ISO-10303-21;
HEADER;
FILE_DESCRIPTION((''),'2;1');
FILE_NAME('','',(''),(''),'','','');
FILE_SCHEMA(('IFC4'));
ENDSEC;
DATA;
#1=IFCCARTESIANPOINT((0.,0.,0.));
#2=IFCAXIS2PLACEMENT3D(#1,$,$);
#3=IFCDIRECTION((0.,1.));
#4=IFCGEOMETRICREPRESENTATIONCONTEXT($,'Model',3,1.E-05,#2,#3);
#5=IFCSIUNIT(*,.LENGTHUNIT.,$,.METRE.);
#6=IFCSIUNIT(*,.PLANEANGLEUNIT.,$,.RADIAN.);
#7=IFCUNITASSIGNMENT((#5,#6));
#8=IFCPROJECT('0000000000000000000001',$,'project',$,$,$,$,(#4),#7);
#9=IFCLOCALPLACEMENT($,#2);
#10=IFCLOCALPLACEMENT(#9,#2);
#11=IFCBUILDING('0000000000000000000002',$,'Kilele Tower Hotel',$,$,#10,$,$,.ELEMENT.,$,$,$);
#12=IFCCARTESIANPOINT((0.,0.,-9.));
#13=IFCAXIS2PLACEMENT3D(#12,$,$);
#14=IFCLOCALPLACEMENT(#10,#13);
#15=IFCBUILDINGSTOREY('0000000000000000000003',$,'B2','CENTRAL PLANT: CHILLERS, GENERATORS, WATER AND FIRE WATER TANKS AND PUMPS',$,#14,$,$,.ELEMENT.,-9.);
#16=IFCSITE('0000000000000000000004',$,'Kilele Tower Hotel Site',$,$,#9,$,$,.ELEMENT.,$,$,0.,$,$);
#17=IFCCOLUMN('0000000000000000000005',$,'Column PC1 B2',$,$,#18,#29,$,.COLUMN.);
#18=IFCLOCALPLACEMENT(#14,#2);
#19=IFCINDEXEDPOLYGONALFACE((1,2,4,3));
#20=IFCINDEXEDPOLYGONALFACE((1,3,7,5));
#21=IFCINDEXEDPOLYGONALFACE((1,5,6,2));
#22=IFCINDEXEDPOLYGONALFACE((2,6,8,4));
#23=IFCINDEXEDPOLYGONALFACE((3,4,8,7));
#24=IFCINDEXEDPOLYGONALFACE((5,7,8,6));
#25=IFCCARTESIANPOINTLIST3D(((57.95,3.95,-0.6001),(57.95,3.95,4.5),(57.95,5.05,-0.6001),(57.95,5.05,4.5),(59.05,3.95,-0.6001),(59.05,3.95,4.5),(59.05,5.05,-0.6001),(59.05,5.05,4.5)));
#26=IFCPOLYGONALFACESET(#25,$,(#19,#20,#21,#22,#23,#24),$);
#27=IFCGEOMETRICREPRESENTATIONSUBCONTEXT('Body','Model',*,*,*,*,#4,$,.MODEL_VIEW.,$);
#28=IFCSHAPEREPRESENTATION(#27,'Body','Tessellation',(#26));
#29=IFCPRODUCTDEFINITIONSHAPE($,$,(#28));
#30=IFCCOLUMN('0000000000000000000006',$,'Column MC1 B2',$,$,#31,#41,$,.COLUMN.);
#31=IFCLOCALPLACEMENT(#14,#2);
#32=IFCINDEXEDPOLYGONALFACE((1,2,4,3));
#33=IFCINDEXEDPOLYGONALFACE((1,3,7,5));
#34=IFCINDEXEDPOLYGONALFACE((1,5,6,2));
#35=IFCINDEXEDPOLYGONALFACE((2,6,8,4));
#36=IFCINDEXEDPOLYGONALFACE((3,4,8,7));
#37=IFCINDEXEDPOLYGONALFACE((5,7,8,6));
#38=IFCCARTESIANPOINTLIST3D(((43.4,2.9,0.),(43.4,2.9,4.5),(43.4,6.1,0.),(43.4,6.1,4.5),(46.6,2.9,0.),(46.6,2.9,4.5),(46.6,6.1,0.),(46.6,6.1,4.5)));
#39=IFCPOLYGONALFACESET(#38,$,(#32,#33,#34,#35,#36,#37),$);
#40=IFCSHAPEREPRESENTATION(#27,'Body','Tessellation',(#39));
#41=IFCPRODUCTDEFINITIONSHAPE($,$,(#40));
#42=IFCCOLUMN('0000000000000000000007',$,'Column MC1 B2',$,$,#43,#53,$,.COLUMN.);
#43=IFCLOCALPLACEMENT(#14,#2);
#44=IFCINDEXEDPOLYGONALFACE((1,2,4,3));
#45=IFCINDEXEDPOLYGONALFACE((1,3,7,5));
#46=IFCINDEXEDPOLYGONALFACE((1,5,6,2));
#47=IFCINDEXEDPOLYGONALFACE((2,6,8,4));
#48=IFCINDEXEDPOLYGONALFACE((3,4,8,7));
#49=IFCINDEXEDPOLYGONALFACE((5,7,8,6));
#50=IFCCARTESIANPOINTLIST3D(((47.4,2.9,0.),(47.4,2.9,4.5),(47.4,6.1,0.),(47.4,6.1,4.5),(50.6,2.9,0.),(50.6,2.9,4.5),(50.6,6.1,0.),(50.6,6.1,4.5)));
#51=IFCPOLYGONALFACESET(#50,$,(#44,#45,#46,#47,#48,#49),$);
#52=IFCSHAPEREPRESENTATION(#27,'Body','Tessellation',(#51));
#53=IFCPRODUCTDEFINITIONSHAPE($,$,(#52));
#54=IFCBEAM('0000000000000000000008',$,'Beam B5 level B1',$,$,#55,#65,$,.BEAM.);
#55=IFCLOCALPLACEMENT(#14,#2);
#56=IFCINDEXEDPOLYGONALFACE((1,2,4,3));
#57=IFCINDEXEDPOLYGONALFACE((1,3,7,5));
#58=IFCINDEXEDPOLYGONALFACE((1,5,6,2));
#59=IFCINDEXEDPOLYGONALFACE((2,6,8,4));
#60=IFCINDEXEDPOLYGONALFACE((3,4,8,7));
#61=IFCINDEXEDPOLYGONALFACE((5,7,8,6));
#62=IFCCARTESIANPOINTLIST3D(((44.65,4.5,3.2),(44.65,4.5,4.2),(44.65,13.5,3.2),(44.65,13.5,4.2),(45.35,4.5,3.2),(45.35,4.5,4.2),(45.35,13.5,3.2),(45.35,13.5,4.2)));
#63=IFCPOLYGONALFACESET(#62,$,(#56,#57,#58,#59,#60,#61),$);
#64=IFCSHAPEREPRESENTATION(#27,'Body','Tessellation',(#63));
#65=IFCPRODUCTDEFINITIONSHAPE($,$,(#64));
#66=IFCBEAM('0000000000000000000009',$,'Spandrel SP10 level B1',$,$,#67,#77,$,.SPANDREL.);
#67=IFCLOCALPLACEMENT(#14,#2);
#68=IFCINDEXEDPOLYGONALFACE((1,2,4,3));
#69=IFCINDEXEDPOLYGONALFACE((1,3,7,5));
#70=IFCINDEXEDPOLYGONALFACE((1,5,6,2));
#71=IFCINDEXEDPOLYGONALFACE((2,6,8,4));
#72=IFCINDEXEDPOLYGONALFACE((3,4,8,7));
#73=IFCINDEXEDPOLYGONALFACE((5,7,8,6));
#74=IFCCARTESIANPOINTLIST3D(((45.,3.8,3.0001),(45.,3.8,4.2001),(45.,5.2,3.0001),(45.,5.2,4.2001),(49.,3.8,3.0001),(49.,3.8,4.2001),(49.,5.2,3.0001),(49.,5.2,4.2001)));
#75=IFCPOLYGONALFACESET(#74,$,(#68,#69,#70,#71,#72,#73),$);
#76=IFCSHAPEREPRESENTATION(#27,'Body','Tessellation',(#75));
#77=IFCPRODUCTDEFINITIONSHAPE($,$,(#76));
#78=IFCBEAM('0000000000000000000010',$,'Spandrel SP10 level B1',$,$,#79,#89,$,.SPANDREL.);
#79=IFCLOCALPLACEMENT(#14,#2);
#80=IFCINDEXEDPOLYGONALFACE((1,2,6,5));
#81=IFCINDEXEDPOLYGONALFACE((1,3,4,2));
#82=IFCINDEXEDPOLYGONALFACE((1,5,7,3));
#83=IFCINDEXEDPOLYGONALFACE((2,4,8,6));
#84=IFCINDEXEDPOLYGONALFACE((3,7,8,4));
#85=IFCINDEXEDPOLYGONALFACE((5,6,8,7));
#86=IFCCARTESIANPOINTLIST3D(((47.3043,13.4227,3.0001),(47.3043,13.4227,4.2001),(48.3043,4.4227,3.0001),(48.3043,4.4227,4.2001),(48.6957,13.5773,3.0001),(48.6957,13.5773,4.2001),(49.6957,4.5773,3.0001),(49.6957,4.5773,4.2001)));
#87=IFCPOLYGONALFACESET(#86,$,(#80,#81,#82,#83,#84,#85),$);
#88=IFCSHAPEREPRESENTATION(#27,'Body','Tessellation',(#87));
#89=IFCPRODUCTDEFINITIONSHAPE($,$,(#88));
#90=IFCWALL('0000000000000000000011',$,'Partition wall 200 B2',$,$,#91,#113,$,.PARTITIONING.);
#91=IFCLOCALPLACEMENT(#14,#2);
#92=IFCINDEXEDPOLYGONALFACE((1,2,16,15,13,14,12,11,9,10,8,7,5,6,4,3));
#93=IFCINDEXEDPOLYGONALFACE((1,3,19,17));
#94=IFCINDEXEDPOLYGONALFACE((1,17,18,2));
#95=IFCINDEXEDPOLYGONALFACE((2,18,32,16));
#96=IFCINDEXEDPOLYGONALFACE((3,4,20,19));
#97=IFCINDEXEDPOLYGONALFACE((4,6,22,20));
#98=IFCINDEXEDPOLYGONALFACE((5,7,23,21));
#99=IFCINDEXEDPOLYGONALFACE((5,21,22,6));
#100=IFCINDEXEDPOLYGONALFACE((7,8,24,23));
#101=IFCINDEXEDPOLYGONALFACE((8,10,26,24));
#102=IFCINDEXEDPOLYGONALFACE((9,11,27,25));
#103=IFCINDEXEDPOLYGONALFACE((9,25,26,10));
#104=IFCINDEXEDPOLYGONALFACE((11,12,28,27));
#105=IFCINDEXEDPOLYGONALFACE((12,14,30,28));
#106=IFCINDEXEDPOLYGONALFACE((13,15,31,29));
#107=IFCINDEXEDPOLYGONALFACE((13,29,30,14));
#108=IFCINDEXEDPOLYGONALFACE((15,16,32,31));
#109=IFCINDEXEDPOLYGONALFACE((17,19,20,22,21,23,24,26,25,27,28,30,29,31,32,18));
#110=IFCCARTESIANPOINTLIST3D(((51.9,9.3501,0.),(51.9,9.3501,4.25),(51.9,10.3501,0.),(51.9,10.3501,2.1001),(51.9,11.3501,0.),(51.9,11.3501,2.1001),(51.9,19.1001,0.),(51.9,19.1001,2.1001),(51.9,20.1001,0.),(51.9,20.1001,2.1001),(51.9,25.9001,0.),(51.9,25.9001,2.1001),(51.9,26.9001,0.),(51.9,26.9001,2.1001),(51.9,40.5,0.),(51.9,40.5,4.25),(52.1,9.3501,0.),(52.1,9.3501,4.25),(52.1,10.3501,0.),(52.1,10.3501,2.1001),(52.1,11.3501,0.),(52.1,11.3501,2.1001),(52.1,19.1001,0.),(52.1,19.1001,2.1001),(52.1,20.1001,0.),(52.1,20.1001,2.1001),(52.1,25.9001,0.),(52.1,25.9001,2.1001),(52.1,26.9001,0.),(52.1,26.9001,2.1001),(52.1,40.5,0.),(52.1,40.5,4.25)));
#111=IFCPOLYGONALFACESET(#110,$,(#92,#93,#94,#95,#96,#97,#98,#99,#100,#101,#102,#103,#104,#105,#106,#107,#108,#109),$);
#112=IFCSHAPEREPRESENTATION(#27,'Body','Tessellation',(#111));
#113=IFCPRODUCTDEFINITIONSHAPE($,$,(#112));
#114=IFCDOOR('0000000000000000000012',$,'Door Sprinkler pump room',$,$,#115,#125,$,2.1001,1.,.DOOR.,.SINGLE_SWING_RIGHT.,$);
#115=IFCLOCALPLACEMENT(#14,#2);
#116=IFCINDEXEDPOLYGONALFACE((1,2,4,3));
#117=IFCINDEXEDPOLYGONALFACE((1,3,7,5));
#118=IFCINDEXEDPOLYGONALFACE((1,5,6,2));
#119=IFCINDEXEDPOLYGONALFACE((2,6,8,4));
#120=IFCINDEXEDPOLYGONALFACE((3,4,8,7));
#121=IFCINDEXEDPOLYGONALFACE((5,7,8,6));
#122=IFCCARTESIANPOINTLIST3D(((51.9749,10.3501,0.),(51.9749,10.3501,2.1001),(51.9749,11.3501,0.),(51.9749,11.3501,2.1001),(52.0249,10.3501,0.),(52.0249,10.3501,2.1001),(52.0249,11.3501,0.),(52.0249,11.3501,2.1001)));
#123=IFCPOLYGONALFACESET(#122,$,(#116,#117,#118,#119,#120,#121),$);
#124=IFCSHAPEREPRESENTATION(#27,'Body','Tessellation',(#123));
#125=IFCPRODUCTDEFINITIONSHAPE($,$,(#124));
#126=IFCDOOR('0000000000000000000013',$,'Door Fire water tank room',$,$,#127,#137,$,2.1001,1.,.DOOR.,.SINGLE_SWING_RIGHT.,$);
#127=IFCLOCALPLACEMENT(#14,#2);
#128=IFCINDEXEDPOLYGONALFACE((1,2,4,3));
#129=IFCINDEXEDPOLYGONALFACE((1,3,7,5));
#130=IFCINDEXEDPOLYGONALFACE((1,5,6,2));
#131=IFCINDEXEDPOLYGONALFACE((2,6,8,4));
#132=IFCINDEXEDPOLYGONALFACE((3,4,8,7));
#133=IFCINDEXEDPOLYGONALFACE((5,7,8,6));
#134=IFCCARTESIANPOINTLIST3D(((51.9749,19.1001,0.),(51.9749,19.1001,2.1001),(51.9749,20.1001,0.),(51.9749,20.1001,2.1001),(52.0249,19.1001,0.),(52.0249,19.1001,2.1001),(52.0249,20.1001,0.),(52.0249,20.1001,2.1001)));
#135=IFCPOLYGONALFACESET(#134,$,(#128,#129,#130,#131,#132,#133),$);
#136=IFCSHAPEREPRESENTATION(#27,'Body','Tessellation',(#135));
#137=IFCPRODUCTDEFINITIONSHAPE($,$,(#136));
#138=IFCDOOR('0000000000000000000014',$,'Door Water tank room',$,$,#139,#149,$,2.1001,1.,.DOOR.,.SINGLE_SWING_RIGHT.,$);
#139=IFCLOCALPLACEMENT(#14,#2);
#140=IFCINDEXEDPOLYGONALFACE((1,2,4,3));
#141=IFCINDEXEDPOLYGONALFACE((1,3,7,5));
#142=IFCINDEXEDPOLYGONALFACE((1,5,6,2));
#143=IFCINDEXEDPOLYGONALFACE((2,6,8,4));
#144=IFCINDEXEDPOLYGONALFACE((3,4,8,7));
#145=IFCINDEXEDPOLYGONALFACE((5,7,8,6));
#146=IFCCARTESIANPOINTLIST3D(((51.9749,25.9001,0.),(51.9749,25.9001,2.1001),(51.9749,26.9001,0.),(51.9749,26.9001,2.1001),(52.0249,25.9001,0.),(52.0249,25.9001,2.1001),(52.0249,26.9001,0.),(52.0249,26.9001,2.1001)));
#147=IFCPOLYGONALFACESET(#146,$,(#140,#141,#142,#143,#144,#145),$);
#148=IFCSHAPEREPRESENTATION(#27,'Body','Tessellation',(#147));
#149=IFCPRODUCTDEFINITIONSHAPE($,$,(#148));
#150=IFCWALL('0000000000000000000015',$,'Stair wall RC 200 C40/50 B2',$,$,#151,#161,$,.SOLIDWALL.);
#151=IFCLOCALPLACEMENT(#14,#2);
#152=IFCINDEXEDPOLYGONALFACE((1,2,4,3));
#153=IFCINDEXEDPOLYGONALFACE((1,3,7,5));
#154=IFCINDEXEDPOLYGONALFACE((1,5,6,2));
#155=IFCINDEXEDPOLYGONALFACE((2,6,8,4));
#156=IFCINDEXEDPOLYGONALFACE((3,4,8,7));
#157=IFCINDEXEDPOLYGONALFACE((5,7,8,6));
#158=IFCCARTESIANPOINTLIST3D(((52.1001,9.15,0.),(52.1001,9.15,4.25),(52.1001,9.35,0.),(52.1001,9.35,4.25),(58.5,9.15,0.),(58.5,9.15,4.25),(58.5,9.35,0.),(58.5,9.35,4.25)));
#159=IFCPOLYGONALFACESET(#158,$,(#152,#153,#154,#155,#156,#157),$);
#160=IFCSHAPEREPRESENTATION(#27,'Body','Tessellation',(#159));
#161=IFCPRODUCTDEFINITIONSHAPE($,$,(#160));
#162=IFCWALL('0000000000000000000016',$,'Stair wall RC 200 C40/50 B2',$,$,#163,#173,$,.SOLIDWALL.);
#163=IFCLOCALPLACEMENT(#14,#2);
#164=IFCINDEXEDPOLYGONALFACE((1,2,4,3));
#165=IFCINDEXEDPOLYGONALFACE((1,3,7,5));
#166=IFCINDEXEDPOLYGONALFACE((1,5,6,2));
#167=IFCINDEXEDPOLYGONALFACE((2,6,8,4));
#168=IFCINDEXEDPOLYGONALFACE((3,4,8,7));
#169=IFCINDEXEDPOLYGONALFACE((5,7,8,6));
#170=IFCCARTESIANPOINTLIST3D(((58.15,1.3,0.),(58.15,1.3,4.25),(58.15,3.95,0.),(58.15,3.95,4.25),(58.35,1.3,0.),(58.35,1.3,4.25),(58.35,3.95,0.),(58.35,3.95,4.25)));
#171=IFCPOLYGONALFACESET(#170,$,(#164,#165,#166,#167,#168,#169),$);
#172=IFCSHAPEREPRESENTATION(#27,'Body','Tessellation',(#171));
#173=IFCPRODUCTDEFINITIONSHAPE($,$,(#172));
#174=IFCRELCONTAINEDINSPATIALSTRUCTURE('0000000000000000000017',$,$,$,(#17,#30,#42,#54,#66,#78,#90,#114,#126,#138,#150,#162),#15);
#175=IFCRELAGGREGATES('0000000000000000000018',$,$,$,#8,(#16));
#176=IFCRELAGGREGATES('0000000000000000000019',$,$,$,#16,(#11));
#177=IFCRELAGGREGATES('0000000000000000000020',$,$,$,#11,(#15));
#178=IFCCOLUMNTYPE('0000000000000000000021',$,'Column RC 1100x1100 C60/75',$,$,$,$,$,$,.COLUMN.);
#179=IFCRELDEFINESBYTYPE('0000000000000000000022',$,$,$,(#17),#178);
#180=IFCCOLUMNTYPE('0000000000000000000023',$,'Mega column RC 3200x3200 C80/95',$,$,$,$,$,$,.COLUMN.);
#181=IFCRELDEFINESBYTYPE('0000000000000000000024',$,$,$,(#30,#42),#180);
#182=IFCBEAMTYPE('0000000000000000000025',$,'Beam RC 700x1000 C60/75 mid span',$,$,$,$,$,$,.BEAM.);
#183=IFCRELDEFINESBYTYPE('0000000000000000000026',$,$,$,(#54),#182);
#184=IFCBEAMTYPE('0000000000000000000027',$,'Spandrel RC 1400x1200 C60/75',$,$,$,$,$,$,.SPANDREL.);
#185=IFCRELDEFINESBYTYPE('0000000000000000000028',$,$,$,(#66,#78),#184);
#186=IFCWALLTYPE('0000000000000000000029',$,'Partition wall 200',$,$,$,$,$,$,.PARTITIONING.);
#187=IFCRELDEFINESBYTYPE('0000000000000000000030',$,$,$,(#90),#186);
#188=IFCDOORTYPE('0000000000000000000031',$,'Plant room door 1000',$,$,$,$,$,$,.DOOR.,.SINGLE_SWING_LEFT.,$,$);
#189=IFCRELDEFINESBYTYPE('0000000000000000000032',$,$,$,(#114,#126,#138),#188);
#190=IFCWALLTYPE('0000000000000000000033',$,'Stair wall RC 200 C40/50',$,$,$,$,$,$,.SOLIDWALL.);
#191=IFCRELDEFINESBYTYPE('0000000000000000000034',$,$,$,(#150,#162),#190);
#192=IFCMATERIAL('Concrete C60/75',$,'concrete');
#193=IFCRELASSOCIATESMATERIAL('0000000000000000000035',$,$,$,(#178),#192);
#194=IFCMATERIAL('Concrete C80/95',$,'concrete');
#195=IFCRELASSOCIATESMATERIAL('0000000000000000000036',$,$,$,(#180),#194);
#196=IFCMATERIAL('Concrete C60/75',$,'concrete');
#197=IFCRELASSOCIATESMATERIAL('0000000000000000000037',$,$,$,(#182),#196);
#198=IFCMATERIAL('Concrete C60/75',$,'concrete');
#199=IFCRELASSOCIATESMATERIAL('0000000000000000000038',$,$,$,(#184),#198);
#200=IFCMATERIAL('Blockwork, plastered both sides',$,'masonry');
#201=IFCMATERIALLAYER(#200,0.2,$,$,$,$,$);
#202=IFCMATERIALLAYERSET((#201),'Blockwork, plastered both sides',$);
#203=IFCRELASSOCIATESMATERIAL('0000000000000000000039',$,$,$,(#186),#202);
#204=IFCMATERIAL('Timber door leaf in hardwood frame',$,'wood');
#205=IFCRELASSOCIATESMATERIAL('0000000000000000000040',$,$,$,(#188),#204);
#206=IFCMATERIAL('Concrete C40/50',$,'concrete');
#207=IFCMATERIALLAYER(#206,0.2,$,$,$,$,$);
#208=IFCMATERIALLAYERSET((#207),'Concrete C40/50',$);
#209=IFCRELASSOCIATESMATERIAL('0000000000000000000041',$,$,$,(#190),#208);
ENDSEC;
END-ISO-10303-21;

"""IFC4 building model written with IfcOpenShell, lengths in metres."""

from ifc_helpers import new_model, si_unit, direction, frame, frame_2d, origin, origin_2d, place, context, subcontext, project, spatial, rectangle, extrude, material, layer, layer_set, material_profile, profile_set, type_object, element, fill, save


model = new_model("IFC4")

# Units and contexts
model_context = context("Model", 3, precision=1e-05, world=origin(), true_north=direction((0.0, 1.0)))
body_context = subcontext(model_context, "Body", "Model", "MODEL_VIEW")
ifc_project = project(units=[si_unit("LENGTHUNIT", "METRE"), si_unit("PLANEANGLEUNIT", "RADIAN")], contexts=[model_context])

# Site, building, storey
site_placement = place(None, origin())
site = spatial("IfcSite", under=ifc_project, at=site_placement, Name="Kilele Tower Hotel Site", CompositionType="ELEMENT", RefElevation=0.0)
building_placement = place(site_placement, origin())
building = spatial("IfcBuilding", under=site, at=building_placement, Name="Kilele Tower Hotel", CompositionType="ELEMENT")
storey_placement = place(building_placement, frame((0.0, 0.0, -9.0)))
storey = spatial("IfcBuildingStorey", under=building, at=storey_placement, Name="B2", Description="CENTRAL PLANT: CHILLERS, GENERATORS, WATER AND FIRE WATER TANKS AND PUMPS", CompositionType="ELEMENT", Elevation=-9.0)

# Columns
ifc_material_1 = material(Name="Concrete C60/75", Category="concrete")
ifc_material_profile_1 = material_profile(ifc_material_1, rectangle(XDim=1.1001, YDim=1.1001, at=origin_2d()))
ifc_profile_set_1 = profile_set([ifc_material_profile_1], Name="Concrete C60/75")
column_type_1 = type_object("IfcColumnType", Name="Column RC 1100x1100 C60/75", PredefinedType="COLUMN", material=ifc_profile_set_1)
column_placement = place(storey_placement, frame((58.5, 4.5, -0.6001), z_axis=(0.0, 0.0, 1.0), x_axis=(1.0, 0.0, 0.0)))
element("IfcColumn", 1, at=column_placement, inside=storey, type_object=column_type_1, Name="Column PC1 B2", PredefinedType="COLUMN", context=body_context, shape_type="SweptSolid", body=[
    extrude(rectangle(XDim=1.1001, YDim=1.1001, at=origin_2d()), origin(), (0.0, 0.0, 1.0), 5.1001),
])
ifc_material_2 = material(Name="Concrete C80/95", Category="concrete")
ifc_material_profile_2 = material_profile(ifc_material_2, rectangle(XDim=3.2, YDim=3.2, at=origin_2d()))
ifc_profile_set_2 = profile_set([ifc_material_profile_2], Name="Concrete C80/95")
column_type_2 = type_object("IfcColumnType", Name="Mega column RC 3200x3200 C80/95", PredefinedType="COLUMN", material=ifc_profile_set_2)
for number, where, z_axis, x_axis, name in (
    (2, (45.0, 4.5, 0.0), (0.0, 0.0, 1.0), (1.0, 0.0, 0.0), "Column MC1 B2"),
    (3, (49.0, 4.5, 0.0), (0.0, 0.0, 1.0), (1.0, 0.0, 0.0), "Column MC1 B2"),
):
    element("IfcColumn", number, at=place(storey_placement, frame(where, z_axis=z_axis, x_axis=x_axis)), inside=storey, type_object=column_type_2, Name=name, PredefinedType="COLUMN", context=body_context, shape_type="SweptSolid", body=[
        extrude(rectangle(XDim=3.2, YDim=3.2, at=origin_2d()), origin(), (0.0, 0.0, 1.0), 4.5),
    ])

# Beams
ifc_material_3 = material(Name="Concrete C60/75", Category="concrete")
ifc_material_profile_3 = material_profile(ifc_material_3, rectangle(XDim=0.7, YDim=1.0, at=origin_2d()))
ifc_profile_set_3 = profile_set([ifc_material_profile_3], Name="Concrete C60/75")
beam_type_1 = type_object("IfcBeamType", Name="Beam RC 700x1000 C60/75 mid span", PredefinedType="BEAM", material=ifc_profile_set_3)
beam_1_placement = place(storey_placement, frame((45.0, 4.5, 3.7), z_axis=(0.0, 1.0, 0.0), x_axis=(-1.0, 0.0, 0.0)))
element("IfcBeam", 4, at=beam_1_placement, inside=storey, type_object=beam_type_1, Name="Beam B5 level B1", PredefinedType="BEAM", context=body_context, shape_type="SweptSolid", body=[
    extrude(rectangle(XDim=0.7, YDim=1.0, at=origin_2d()), origin(), (0.0, 0.0, 1.0), 9.0),
])
ifc_material_4 = material(Name="Concrete C60/75", Category="concrete")
ifc_material_profile_4 = material_profile(ifc_material_4, rectangle(XDim=1.3999, YDim=1.2, at=origin_2d()))
ifc_profile_set_4 = profile_set([ifc_material_profile_4], Name="Concrete C60/75")
beam_type_2 = type_object("IfcBeamType", Name="Spandrel RC 1400x1200 C60/75", PredefinedType="SPANDREL", material=ifc_profile_set_4)
beam_2_placement = place(storey_placement, frame((45.0, 4.5, 3.6001), z_axis=(1.0, 0.0, 0.0), x_axis=(0.0, 1.0, 0.0)))
element("IfcBeam", 5, at=beam_2_placement, inside=storey, type_object=beam_type_2, Name="Spandrel SP10 level B1", PredefinedType="SPANDREL", context=body_context, shape_type="SweptSolid", body=[
    extrude(rectangle(XDim=1.3999, YDim=1.2, at=origin_2d()), origin(), (0.0, 0.0, 1.0), 4.0),
])
beam_3_placement = place(storey_placement, frame((49.0, 4.5, 3.6001), z_axis=(-0.110432, 0.993884, 0.0), x_axis=(-0.993884, -0.110432, 0.0)))
element("IfcBeam", 6, at=beam_3_placement, inside=storey, type_object=beam_type_2, Name="Spandrel SP10 level B1", PredefinedType="SPANDREL", context=body_context, shape_type="SweptSolid", body=[
    extrude(rectangle(XDim=1.3999, YDim=1.2, at=origin_2d()), origin(), (0.0, 0.0, 1.0), 9.0554),
])

# Wall, openings, doors
ifc_material_5 = material(Name="Blockwork, plastered both sides", Category="masonry")
ifc_layer_1 = layer(ifc_material_5, 0.2)
ifc_layer_set_1 = layer_set([ifc_layer_1], Name="Blockwork, plastered both sides")
wall_type_1 = type_object("IfcWallType", Name="Partition wall 200", PredefinedType="PARTITIONING", material=ifc_layer_set_1)
wall_1_placement = place(storey_placement, frame((52.0, 9.3501, 0.0), z_axis=(0.0, 0.0, 1.0), x_axis=(0.0, 1.0, 0.0)))
wall_1 = element("IfcWall", 7, at=wall_1_placement, inside=storey, type_object=wall_type_1, Name="Partition wall 200 B2", PredefinedType="PARTITIONING", context=body_context, shape_type="SweptSolid", body=[
    extrude(rectangle(XDim=31.1499, YDim=0.2, at=frame_2d((15.575, 0.0))), origin(), (0.0, 0.0, 1.0), 4.25),
])
opening_1_placement = place(wall_1_placement, frame((2.0, 0.0, 0.0), z_axis=(0.0, 0.0, 1.0), x_axis=(-1.0, 0.0, 0.0)))
opening_1 = element("IfcOpeningElement", 8, at=opening_1_placement, cuts=wall_1, PredefinedType="OPENING", context=body_context, shape_type="SweptSolid", body=[
    extrude(rectangle(XDim=1.0, YDim=2.1001, at=frame_2d((0.5, 1.05))), frame((0.0, 0.1099, 0.0), z_axis=(0.0, -1.0, 0.0), x_axis=(1.0, 0.0, 0.0)), (0.0, 0.0, 1.0), 0.22),
])
opening_2_placement = place(wall_1_placement, frame((10.75, 0.0, 0.0), z_axis=(0.0, 0.0, 1.0), x_axis=(-1.0, 0.0, 0.0)))
opening_2 = element("IfcOpeningElement", 9, at=opening_2_placement, cuts=wall_1, PredefinedType="OPENING", context=body_context, shape_type="SweptSolid", body=[
    extrude(rectangle(XDim=1.0, YDim=2.1001, at=frame_2d((0.5, 1.05))), frame((0.0, 0.1099, 0.0), z_axis=(0.0, -1.0, 0.0), x_axis=(1.0, 0.0, 0.0)), (0.0, 0.0, 1.0), 0.22),
])
opening_3_placement = place(wall_1_placement, frame((17.55, 0.0, 0.0), z_axis=(0.0, 0.0, 1.0), x_axis=(-1.0, 0.0, 0.0)))
opening_3 = element("IfcOpeningElement", 10, at=opening_3_placement, cuts=wall_1, PredefinedType="OPENING", context=body_context, shape_type="SweptSolid", body=[
    extrude(rectangle(XDim=1.0, YDim=2.1001, at=frame_2d((0.5, 1.05))), frame((0.0, 0.1099, 0.0), z_axis=(0.0, -1.0, 0.0), x_axis=(1.0, 0.0, 0.0)), (0.0, 0.0, 1.0), 0.22),
])
ifc_material_6 = material(Name="Timber door leaf in hardwood frame", Category="wood")
door_type = type_object("IfcDoorType", Name="Plant room door 1000", OperationType="SINGLE_SWING_LEFT", PredefinedType="DOOR", material=ifc_material_6)
door_1_placement = place(opening_1_placement, origin())
door_1 = element("IfcDoor", 11, at=door_1_placement, inside=storey, type_object=door_type, Name="Door Sprinkler pump room", OperationType="SINGLE_SWING_RIGHT", OverallHeight=2.1001, OverallWidth=1.0, PredefinedType="DOOR", context=body_context, shape_type="SweptSolid", body=[
    extrude(rectangle(XDim=1.0, YDim=2.1001, at=frame_2d((0.5, 1.05))), frame((0.0, 0.0249, 0.0), z_axis=(0.0, -1.0, 0.0), x_axis=(1.0, 0.0, 0.0)), (0.0, 0.0, 1.0), 0.05),
])
fill(opening_1, door_1)
door_2_placement = place(opening_2_placement, origin())
door_2 = element("IfcDoor", 12, at=door_2_placement, inside=storey, type_object=door_type, Name="Door Fire water tank room", OperationType="SINGLE_SWING_RIGHT", OverallHeight=2.1001, OverallWidth=1.0, PredefinedType="DOOR", context=body_context, shape_type="SweptSolid", body=[
    extrude(rectangle(XDim=1.0, YDim=2.1001, at=frame_2d((0.5, 1.05))), frame((0.0, 0.0249, 0.0), z_axis=(0.0, -1.0, 0.0), x_axis=(1.0, 0.0, 0.0)), (0.0, 0.0, 1.0), 0.05),
])
fill(opening_2, door_2)
door_3_placement = place(opening_3_placement, origin())
door_3 = element("IfcDoor", 13, at=door_3_placement, inside=storey, type_object=door_type, Name="Door Water tank room", OperationType="SINGLE_SWING_RIGHT", OverallHeight=2.1001, OverallWidth=1.0, PredefinedType="DOOR", context=body_context, shape_type="SweptSolid", body=[
    extrude(rectangle(XDim=1.0, YDim=2.1001, at=frame_2d((0.5, 1.05))), frame((0.0, 0.0249, 0.0), z_axis=(0.0, -1.0, 0.0), x_axis=(1.0, 0.0, 0.0)), (0.0, 0.0, 1.0), 0.05),
])
fill(opening_3, door_3)

# Walls
ifc_material_7 = material(Name="Concrete C40/50", Category="concrete")
ifc_layer_2 = layer(ifc_material_7, 0.2)
ifc_layer_set_2 = layer_set([ifc_layer_2], Name="Concrete C40/50")
wall_type_2 = type_object("IfcWallType", Name="Stair wall RC 200 C40/50", PredefinedType="SOLIDWALL", material=ifc_layer_set_2)
wall_2_placement = place(storey_placement, frame((52.1001, 9.25, 0.0), z_axis=(0.0, 0.0, 1.0), x_axis=(1.0, 0.0, 0.0)))
element("IfcWall", 14, at=wall_2_placement, inside=storey, type_object=wall_type_2, Name="Stair wall RC 200 C40/50 B2", PredefinedType="SOLIDWALL", context=body_context, shape_type="SweptSolid", body=[
    extrude(rectangle(XDim=6.3999, YDim=0.2, at=frame_2d((3.2, 0.0))), origin(), (0.0, 0.0, 1.0), 4.25),
])
wall_3_placement = place(storey_placement, frame((58.25, 1.3, 0.0), z_axis=(0.0, 0.0, 1.0), x_axis=(0.0, 1.0, 0.0)))
element("IfcWall", 15, at=wall_3_placement, inside=storey, type_object=wall_type_2, Name="Stair wall RC 200 C40/50 B2", PredefinedType="SOLIDWALL", context=body_context, shape_type="SweptSolid", body=[
    extrude(rectangle(XDim=2.6499, YDim=0.2, at=frame_2d((1.325, 0.0))), origin(), (0.0, 0.0, 1.0), 4.25),
])

save(model, "model.ifc")
